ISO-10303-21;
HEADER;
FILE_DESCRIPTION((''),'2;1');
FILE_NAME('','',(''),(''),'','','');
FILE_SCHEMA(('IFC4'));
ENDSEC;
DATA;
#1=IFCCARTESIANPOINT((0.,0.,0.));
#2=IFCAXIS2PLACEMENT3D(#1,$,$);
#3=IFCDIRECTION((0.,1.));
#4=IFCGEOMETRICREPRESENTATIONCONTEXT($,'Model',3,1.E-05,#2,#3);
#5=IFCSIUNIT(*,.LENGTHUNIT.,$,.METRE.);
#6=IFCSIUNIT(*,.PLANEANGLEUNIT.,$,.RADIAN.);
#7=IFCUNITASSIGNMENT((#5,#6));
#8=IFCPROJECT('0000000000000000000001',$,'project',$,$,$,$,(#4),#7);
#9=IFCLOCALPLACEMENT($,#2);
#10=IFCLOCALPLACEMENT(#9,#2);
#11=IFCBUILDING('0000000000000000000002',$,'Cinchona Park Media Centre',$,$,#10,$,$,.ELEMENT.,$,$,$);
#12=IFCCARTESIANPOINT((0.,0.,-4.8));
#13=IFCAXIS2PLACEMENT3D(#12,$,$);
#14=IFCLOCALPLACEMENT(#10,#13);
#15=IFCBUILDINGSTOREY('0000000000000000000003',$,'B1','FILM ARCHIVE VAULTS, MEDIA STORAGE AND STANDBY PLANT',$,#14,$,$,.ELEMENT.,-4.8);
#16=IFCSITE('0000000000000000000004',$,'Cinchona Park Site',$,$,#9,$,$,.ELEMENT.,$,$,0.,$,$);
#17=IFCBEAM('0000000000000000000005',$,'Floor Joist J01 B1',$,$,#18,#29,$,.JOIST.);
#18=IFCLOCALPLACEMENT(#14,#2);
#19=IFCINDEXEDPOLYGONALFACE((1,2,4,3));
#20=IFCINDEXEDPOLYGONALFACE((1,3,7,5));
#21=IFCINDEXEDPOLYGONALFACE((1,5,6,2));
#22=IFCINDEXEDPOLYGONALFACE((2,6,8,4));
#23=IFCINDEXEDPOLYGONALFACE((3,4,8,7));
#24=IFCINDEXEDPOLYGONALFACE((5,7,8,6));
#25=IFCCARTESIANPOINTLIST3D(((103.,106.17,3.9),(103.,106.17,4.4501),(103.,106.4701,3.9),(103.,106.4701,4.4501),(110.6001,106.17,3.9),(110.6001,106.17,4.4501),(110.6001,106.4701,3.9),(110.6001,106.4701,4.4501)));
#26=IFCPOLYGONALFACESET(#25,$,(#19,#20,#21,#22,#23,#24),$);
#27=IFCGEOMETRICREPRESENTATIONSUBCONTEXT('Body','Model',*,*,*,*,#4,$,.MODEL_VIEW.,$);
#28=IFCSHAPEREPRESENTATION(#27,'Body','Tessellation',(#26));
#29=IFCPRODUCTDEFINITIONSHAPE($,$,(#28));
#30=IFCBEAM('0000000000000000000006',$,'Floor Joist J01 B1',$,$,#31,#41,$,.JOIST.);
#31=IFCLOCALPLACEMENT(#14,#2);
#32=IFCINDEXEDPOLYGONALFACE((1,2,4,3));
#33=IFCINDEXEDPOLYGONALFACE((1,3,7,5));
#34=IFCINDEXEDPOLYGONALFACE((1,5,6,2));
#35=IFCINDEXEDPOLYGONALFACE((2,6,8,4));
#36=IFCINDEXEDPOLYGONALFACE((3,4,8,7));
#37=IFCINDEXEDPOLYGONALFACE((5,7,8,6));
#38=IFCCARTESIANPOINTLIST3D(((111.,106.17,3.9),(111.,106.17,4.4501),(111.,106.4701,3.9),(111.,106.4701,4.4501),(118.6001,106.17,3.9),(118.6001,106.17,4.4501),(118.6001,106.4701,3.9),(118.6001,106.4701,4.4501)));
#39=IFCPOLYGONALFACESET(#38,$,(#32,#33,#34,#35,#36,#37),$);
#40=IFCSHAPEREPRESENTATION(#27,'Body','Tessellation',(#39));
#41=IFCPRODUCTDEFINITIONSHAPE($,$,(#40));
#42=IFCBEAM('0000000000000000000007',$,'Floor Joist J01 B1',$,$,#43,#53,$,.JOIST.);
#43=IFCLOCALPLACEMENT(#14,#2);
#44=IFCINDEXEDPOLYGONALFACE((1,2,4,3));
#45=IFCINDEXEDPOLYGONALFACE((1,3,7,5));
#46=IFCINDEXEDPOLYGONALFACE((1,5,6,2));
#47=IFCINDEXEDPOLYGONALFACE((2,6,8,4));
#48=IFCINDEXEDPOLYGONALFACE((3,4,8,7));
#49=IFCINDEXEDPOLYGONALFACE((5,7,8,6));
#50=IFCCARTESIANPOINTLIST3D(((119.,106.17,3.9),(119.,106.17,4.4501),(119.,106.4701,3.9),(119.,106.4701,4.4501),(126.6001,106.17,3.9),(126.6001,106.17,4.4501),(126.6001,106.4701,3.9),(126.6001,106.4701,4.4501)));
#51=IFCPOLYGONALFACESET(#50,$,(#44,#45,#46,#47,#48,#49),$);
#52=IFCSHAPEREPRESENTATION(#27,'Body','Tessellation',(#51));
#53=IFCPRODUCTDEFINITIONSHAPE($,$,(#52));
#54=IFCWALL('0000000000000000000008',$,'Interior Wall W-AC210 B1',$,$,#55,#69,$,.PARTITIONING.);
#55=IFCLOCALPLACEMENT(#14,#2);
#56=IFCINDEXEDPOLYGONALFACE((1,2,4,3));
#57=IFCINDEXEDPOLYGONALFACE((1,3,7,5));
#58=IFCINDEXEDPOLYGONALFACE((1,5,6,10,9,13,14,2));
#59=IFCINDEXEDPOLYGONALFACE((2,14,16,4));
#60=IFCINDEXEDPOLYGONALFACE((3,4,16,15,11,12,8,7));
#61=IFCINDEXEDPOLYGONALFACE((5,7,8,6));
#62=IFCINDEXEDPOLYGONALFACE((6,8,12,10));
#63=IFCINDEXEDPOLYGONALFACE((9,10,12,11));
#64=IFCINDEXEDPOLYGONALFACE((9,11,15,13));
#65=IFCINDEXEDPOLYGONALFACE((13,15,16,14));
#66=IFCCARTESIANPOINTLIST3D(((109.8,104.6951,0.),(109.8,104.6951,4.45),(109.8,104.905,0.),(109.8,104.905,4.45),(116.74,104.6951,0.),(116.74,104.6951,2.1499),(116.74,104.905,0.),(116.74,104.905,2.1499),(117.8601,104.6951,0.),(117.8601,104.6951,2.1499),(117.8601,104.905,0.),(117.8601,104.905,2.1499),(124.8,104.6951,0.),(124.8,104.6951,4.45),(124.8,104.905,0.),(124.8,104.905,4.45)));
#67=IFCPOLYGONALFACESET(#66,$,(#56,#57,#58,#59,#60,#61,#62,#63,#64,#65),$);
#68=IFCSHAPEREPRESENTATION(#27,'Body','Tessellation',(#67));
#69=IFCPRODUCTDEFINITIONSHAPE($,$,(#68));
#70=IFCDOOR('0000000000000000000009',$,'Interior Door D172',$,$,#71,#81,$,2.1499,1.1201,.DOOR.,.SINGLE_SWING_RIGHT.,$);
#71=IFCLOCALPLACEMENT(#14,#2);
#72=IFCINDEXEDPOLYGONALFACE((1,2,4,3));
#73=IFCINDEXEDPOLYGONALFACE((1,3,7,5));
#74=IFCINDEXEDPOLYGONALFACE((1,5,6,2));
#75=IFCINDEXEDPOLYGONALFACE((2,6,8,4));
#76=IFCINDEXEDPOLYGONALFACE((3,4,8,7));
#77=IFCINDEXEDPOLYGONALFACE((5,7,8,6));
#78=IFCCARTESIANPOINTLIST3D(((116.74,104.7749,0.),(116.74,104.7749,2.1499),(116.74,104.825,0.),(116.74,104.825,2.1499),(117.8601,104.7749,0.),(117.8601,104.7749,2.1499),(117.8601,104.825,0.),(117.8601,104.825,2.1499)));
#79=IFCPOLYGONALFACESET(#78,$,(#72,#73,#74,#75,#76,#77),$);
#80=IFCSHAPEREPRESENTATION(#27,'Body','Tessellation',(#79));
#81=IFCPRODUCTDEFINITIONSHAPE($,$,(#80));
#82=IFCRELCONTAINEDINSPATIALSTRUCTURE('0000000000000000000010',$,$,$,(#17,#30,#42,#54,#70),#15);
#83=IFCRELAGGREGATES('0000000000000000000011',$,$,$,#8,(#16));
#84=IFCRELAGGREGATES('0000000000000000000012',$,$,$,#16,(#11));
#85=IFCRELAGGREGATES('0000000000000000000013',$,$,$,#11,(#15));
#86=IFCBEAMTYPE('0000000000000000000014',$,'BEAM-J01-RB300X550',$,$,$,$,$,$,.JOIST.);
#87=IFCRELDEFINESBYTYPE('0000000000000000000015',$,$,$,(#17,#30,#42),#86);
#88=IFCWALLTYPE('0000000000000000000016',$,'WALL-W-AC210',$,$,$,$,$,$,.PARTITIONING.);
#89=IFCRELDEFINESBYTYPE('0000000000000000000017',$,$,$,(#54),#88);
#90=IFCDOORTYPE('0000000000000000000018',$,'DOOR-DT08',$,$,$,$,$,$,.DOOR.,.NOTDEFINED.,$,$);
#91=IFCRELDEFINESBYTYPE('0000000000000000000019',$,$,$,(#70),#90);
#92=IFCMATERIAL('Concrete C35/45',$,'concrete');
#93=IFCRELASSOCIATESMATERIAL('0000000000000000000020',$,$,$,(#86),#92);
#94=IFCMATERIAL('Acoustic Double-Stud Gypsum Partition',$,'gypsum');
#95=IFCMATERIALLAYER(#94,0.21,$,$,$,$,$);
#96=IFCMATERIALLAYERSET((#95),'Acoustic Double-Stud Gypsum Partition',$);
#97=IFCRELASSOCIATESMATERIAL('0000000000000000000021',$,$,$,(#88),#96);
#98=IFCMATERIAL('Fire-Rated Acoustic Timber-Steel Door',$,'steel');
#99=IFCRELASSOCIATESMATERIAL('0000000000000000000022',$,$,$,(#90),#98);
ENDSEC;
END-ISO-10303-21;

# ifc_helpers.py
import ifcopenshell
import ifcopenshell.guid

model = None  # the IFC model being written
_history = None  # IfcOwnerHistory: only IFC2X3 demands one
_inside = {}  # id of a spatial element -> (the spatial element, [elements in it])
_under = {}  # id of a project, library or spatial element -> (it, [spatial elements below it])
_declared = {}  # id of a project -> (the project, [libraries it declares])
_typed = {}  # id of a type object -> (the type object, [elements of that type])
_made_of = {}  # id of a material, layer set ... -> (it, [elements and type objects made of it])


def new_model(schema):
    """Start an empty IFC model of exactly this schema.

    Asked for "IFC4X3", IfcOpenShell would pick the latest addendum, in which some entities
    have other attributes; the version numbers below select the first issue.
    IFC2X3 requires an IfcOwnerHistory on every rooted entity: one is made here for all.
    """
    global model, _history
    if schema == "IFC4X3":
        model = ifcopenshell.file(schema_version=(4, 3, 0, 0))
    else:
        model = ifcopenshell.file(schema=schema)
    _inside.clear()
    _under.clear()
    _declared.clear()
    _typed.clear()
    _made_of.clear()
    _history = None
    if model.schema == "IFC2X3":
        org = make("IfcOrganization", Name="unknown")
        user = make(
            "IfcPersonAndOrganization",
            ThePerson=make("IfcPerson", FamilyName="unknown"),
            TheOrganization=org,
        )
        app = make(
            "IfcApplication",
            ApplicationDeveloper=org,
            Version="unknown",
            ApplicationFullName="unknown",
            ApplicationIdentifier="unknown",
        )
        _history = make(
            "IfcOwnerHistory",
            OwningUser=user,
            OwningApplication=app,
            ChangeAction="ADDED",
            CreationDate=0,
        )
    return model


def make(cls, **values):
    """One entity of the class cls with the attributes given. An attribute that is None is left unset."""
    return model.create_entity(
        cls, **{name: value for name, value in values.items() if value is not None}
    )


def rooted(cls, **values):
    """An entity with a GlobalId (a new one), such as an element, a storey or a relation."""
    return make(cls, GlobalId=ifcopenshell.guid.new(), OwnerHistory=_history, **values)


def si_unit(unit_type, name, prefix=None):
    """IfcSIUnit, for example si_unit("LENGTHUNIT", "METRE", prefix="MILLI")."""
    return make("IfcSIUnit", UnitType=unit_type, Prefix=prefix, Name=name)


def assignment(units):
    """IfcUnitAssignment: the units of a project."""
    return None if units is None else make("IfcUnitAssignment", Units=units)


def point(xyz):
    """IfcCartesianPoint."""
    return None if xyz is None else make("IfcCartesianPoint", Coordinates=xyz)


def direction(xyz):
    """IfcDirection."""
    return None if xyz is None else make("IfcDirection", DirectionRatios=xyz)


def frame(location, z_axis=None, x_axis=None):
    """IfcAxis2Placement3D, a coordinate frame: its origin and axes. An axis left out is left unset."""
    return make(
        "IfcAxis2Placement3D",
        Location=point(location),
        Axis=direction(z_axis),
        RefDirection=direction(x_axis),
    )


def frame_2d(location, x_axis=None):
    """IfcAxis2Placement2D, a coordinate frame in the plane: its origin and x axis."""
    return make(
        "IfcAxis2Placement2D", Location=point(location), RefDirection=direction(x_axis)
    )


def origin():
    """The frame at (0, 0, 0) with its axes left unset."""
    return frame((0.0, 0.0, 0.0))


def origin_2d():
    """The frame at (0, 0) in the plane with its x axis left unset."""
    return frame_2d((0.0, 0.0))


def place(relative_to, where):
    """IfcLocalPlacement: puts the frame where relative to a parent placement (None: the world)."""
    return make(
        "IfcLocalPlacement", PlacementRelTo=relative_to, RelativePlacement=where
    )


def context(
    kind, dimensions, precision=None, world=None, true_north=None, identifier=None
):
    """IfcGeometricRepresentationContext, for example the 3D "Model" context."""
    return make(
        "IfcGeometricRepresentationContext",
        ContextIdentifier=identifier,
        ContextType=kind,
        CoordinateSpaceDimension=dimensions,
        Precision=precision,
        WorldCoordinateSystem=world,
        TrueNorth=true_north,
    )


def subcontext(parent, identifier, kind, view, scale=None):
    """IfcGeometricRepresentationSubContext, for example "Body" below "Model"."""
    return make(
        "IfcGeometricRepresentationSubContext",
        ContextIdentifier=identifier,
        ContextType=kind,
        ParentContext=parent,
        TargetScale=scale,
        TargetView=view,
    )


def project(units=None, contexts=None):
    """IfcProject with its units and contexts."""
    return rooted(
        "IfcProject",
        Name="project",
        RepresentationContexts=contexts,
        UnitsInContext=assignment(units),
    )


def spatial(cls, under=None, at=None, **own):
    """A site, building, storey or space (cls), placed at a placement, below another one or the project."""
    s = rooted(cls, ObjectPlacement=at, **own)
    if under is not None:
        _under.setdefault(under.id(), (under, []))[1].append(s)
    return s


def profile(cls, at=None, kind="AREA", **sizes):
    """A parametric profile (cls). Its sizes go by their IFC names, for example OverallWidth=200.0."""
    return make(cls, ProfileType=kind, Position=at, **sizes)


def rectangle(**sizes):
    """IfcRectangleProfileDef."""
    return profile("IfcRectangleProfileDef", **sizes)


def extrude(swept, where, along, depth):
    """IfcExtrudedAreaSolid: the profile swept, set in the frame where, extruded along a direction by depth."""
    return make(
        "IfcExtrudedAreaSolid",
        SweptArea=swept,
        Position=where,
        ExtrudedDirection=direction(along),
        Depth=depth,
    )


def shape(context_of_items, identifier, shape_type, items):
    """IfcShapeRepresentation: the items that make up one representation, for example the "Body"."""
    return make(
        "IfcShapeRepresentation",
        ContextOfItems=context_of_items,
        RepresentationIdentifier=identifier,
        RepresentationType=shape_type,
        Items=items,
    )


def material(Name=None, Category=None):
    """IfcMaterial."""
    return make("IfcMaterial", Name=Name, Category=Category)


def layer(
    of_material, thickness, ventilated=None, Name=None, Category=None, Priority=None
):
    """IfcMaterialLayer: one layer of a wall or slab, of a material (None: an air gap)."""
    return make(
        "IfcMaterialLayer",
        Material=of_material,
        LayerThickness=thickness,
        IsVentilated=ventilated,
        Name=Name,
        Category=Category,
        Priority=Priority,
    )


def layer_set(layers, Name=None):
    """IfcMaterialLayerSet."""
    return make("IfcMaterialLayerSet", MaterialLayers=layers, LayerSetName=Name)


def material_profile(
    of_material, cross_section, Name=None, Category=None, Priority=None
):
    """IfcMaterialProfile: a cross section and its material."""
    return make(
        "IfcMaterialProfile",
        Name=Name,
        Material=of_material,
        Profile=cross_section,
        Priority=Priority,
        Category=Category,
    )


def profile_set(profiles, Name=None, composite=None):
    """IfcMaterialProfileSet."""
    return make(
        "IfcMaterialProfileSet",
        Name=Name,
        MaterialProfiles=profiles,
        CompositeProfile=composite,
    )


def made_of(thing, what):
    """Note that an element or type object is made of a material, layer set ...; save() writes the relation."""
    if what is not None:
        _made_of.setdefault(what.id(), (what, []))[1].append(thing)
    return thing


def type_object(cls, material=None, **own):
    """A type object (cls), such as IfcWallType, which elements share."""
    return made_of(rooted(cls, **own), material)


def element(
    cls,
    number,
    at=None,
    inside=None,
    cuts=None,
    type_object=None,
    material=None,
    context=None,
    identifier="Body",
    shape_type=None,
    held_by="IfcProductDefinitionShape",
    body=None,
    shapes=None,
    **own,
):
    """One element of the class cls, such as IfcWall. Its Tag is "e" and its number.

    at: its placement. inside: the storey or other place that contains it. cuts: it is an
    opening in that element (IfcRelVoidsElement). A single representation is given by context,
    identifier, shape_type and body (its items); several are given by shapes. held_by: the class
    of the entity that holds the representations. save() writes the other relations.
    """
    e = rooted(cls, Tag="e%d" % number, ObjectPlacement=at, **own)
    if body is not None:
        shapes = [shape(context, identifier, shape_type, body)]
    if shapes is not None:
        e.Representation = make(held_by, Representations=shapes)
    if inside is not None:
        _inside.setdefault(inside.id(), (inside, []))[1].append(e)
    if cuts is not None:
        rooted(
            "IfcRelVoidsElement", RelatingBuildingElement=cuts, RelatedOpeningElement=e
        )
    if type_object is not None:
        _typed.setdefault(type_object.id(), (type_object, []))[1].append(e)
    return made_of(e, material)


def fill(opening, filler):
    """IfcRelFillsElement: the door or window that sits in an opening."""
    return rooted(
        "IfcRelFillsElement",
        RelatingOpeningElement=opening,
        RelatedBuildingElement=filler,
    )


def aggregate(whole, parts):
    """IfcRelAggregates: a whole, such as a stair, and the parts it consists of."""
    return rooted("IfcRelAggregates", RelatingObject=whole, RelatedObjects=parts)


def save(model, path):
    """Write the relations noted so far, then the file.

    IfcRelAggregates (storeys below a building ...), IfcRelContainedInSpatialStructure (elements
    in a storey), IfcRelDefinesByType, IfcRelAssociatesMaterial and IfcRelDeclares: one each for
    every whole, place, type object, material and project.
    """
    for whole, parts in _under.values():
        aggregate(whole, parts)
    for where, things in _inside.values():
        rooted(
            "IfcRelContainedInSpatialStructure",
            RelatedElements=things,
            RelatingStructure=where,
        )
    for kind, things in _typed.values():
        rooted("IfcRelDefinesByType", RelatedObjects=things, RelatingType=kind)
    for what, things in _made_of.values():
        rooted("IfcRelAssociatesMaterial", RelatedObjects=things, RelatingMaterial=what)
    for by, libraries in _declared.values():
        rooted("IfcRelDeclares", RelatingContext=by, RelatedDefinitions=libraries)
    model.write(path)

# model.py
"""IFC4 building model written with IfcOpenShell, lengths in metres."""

from ifc_helpers import new_model, si_unit, direction, frame, frame_2d, origin, origin_2d, place, context, subcontext, project, spatial, rectangle, extrude, material, layer, layer_set, material_profile, profile_set, type_object, element, fill, save


model = new_model("IFC4")

# Units and contexts
model_context = context("Model", 3, precision=1e-05, world=origin(), true_north=direction((0.0, 1.0)))
body_context = subcontext(model_context, "Body", "Model", "MODEL_VIEW")
ifc_project = project(units=[si_unit("LENGTHUNIT", "METRE"), si_unit("PLANEANGLEUNIT", "RADIAN")], contexts=[model_context])

# Site, building, storey
site_placement = place(None, origin())
site = spatial("IfcSite", under=ifc_project, at=site_placement, Name="Cinchona Park Site", CompositionType="ELEMENT", RefElevation=0.0)
building_placement = place(site_placement, origin())
building = spatial("IfcBuilding", under=site, at=building_placement, Name="Cinchona Park Media Centre", CompositionType="ELEMENT")
storey_placement = place(building_placement, frame((0.0, 0.0, -4.8)))
storey = spatial("IfcBuildingStorey", under=building, at=storey_placement, Name="B1", Description="FILM ARCHIVE VAULTS, MEDIA STORAGE AND STANDBY PLANT", CompositionType="ELEMENT", Elevation=-4.8)

# Beams
ifc_material_1 = material(Name="Concrete C35/45", Category="concrete")
ifc_material_profile_1 = material_profile(ifc_material_1, rectangle(XDim=0.3, YDim=0.55, at=origin_2d()), Name="RB 300X550")
ifc_profile_set_1 = profile_set([ifc_material_profile_1], Name="Concrete C35/45")
beam_type_1 = type_object("IfcBeamType", Name="BEAM-J01-RB300X550", PredefinedType="JOIST", material=ifc_profile_set_1)
for number, where, z_axis, x_axis, name in (
    (1, (103.0, 106.3201, 4.175), (1.0, 0.0, 0.0), (0.0, 1.0, 0.0), "Floor Joist J01 B1"),
    (2, (111.0, 106.3201, 4.175), (1.0, 0.0, 0.0), (0.0, 1.0, 0.0), "Floor Joist J01 B1"),
    (3, (119.0, 106.3201, 4.175), (1.0, 0.0, 0.0), (0.0, 1.0, 0.0), "Floor Joist J01 B1"),
):
    element("IfcBeam", number, at=place(storey_placement, frame(where, z_axis=z_axis, x_axis=x_axis)), inside=storey, type_object=beam_type_1, Name=name, PredefinedType="JOIST", context=body_context, shape_type="SweptSolid", body=[
        extrude(rectangle(XDim=0.3, YDim=0.55, at=origin_2d()), origin(), (0.0, 0.0, 1.0), 7.6001),
    ])

# Wall, opening, door
ifc_material_2 = material(Name="Acoustic Double-Stud Gypsum Partition", Category="gypsum")
ifc_layer_1 = layer(ifc_material_2, 0.21)
ifc_layer_set_1 = layer_set([ifc_layer_1], Name="Acoustic Double-Stud Gypsum Partition")
wall_type = type_object("IfcWallType", Name="WALL-W-AC210", PredefinedType="PARTITIONING", material=ifc_layer_set_1)
wall_placement = place(storey_placement, frame((109.8, 104.8, 0.0), z_axis=(0.0, 0.0, 1.0), x_axis=(1.0, 0.0, 0.0)))
wall = element("IfcWall", 4, at=wall_placement, inside=storey, type_object=wall_type, Name="Interior Wall W-AC210 B1", PredefinedType="PARTITIONING", context=body_context, shape_type="SweptSolid", body=[
    extrude(rectangle(XDim=15.0, YDim=0.21, at=frame_2d((7.5, 0.0))), origin(), (0.0, 0.0, 1.0), 4.45),
])
opening_placement = place(wall_placement, frame((6.9399, 0.0, 0.0)))
opening = element("IfcOpeningElement", 5, at=opening_placement, cuts=wall, PredefinedType="OPENING", context=body_context, shape_type="SweptSolid", body=[
    extrude(rectangle(XDim=1.1201, YDim=2.1499, at=frame_2d((0.5601, 1.075))), frame((0.0, 0.115, 0.0), z_axis=(0.0, -1.0, 0.0), x_axis=(1.0, 0.0, 0.0)), (0.0, 0.0, 1.0), 0.23),
])
ifc_material_3 = material(Name="Fire-Rated Acoustic Timber-Steel Door", Category="steel")
door_type = type_object("IfcDoorType", Name="DOOR-DT08", OperationType="NOTDEFINED", PredefinedType="DOOR", material=ifc_material_3)
door_placement = place(opening_placement, origin())
door = element("IfcDoor", 6, at=door_placement, inside=storey, type_object=door_type, Name="Interior Door D172", OperationType="SINGLE_SWING_RIGHT", OverallHeight=2.1499, OverallWidth=1.1201, PredefinedType="DOOR", context=body_context, shape_type="SweptSolid", body=[
    extrude(rectangle(XDim=1.1201, YDim=2.1499, at=frame_2d((0.5601, 1.075))), frame((0.0, 0.0249, 0.0), z_axis=(0.0, -1.0, 0.0), x_axis=(1.0, 0.0, 0.0)), (0.0, 0.0, 1.0), 0.05),
])
fill(opening, door)

save(model, "model.ifc")
